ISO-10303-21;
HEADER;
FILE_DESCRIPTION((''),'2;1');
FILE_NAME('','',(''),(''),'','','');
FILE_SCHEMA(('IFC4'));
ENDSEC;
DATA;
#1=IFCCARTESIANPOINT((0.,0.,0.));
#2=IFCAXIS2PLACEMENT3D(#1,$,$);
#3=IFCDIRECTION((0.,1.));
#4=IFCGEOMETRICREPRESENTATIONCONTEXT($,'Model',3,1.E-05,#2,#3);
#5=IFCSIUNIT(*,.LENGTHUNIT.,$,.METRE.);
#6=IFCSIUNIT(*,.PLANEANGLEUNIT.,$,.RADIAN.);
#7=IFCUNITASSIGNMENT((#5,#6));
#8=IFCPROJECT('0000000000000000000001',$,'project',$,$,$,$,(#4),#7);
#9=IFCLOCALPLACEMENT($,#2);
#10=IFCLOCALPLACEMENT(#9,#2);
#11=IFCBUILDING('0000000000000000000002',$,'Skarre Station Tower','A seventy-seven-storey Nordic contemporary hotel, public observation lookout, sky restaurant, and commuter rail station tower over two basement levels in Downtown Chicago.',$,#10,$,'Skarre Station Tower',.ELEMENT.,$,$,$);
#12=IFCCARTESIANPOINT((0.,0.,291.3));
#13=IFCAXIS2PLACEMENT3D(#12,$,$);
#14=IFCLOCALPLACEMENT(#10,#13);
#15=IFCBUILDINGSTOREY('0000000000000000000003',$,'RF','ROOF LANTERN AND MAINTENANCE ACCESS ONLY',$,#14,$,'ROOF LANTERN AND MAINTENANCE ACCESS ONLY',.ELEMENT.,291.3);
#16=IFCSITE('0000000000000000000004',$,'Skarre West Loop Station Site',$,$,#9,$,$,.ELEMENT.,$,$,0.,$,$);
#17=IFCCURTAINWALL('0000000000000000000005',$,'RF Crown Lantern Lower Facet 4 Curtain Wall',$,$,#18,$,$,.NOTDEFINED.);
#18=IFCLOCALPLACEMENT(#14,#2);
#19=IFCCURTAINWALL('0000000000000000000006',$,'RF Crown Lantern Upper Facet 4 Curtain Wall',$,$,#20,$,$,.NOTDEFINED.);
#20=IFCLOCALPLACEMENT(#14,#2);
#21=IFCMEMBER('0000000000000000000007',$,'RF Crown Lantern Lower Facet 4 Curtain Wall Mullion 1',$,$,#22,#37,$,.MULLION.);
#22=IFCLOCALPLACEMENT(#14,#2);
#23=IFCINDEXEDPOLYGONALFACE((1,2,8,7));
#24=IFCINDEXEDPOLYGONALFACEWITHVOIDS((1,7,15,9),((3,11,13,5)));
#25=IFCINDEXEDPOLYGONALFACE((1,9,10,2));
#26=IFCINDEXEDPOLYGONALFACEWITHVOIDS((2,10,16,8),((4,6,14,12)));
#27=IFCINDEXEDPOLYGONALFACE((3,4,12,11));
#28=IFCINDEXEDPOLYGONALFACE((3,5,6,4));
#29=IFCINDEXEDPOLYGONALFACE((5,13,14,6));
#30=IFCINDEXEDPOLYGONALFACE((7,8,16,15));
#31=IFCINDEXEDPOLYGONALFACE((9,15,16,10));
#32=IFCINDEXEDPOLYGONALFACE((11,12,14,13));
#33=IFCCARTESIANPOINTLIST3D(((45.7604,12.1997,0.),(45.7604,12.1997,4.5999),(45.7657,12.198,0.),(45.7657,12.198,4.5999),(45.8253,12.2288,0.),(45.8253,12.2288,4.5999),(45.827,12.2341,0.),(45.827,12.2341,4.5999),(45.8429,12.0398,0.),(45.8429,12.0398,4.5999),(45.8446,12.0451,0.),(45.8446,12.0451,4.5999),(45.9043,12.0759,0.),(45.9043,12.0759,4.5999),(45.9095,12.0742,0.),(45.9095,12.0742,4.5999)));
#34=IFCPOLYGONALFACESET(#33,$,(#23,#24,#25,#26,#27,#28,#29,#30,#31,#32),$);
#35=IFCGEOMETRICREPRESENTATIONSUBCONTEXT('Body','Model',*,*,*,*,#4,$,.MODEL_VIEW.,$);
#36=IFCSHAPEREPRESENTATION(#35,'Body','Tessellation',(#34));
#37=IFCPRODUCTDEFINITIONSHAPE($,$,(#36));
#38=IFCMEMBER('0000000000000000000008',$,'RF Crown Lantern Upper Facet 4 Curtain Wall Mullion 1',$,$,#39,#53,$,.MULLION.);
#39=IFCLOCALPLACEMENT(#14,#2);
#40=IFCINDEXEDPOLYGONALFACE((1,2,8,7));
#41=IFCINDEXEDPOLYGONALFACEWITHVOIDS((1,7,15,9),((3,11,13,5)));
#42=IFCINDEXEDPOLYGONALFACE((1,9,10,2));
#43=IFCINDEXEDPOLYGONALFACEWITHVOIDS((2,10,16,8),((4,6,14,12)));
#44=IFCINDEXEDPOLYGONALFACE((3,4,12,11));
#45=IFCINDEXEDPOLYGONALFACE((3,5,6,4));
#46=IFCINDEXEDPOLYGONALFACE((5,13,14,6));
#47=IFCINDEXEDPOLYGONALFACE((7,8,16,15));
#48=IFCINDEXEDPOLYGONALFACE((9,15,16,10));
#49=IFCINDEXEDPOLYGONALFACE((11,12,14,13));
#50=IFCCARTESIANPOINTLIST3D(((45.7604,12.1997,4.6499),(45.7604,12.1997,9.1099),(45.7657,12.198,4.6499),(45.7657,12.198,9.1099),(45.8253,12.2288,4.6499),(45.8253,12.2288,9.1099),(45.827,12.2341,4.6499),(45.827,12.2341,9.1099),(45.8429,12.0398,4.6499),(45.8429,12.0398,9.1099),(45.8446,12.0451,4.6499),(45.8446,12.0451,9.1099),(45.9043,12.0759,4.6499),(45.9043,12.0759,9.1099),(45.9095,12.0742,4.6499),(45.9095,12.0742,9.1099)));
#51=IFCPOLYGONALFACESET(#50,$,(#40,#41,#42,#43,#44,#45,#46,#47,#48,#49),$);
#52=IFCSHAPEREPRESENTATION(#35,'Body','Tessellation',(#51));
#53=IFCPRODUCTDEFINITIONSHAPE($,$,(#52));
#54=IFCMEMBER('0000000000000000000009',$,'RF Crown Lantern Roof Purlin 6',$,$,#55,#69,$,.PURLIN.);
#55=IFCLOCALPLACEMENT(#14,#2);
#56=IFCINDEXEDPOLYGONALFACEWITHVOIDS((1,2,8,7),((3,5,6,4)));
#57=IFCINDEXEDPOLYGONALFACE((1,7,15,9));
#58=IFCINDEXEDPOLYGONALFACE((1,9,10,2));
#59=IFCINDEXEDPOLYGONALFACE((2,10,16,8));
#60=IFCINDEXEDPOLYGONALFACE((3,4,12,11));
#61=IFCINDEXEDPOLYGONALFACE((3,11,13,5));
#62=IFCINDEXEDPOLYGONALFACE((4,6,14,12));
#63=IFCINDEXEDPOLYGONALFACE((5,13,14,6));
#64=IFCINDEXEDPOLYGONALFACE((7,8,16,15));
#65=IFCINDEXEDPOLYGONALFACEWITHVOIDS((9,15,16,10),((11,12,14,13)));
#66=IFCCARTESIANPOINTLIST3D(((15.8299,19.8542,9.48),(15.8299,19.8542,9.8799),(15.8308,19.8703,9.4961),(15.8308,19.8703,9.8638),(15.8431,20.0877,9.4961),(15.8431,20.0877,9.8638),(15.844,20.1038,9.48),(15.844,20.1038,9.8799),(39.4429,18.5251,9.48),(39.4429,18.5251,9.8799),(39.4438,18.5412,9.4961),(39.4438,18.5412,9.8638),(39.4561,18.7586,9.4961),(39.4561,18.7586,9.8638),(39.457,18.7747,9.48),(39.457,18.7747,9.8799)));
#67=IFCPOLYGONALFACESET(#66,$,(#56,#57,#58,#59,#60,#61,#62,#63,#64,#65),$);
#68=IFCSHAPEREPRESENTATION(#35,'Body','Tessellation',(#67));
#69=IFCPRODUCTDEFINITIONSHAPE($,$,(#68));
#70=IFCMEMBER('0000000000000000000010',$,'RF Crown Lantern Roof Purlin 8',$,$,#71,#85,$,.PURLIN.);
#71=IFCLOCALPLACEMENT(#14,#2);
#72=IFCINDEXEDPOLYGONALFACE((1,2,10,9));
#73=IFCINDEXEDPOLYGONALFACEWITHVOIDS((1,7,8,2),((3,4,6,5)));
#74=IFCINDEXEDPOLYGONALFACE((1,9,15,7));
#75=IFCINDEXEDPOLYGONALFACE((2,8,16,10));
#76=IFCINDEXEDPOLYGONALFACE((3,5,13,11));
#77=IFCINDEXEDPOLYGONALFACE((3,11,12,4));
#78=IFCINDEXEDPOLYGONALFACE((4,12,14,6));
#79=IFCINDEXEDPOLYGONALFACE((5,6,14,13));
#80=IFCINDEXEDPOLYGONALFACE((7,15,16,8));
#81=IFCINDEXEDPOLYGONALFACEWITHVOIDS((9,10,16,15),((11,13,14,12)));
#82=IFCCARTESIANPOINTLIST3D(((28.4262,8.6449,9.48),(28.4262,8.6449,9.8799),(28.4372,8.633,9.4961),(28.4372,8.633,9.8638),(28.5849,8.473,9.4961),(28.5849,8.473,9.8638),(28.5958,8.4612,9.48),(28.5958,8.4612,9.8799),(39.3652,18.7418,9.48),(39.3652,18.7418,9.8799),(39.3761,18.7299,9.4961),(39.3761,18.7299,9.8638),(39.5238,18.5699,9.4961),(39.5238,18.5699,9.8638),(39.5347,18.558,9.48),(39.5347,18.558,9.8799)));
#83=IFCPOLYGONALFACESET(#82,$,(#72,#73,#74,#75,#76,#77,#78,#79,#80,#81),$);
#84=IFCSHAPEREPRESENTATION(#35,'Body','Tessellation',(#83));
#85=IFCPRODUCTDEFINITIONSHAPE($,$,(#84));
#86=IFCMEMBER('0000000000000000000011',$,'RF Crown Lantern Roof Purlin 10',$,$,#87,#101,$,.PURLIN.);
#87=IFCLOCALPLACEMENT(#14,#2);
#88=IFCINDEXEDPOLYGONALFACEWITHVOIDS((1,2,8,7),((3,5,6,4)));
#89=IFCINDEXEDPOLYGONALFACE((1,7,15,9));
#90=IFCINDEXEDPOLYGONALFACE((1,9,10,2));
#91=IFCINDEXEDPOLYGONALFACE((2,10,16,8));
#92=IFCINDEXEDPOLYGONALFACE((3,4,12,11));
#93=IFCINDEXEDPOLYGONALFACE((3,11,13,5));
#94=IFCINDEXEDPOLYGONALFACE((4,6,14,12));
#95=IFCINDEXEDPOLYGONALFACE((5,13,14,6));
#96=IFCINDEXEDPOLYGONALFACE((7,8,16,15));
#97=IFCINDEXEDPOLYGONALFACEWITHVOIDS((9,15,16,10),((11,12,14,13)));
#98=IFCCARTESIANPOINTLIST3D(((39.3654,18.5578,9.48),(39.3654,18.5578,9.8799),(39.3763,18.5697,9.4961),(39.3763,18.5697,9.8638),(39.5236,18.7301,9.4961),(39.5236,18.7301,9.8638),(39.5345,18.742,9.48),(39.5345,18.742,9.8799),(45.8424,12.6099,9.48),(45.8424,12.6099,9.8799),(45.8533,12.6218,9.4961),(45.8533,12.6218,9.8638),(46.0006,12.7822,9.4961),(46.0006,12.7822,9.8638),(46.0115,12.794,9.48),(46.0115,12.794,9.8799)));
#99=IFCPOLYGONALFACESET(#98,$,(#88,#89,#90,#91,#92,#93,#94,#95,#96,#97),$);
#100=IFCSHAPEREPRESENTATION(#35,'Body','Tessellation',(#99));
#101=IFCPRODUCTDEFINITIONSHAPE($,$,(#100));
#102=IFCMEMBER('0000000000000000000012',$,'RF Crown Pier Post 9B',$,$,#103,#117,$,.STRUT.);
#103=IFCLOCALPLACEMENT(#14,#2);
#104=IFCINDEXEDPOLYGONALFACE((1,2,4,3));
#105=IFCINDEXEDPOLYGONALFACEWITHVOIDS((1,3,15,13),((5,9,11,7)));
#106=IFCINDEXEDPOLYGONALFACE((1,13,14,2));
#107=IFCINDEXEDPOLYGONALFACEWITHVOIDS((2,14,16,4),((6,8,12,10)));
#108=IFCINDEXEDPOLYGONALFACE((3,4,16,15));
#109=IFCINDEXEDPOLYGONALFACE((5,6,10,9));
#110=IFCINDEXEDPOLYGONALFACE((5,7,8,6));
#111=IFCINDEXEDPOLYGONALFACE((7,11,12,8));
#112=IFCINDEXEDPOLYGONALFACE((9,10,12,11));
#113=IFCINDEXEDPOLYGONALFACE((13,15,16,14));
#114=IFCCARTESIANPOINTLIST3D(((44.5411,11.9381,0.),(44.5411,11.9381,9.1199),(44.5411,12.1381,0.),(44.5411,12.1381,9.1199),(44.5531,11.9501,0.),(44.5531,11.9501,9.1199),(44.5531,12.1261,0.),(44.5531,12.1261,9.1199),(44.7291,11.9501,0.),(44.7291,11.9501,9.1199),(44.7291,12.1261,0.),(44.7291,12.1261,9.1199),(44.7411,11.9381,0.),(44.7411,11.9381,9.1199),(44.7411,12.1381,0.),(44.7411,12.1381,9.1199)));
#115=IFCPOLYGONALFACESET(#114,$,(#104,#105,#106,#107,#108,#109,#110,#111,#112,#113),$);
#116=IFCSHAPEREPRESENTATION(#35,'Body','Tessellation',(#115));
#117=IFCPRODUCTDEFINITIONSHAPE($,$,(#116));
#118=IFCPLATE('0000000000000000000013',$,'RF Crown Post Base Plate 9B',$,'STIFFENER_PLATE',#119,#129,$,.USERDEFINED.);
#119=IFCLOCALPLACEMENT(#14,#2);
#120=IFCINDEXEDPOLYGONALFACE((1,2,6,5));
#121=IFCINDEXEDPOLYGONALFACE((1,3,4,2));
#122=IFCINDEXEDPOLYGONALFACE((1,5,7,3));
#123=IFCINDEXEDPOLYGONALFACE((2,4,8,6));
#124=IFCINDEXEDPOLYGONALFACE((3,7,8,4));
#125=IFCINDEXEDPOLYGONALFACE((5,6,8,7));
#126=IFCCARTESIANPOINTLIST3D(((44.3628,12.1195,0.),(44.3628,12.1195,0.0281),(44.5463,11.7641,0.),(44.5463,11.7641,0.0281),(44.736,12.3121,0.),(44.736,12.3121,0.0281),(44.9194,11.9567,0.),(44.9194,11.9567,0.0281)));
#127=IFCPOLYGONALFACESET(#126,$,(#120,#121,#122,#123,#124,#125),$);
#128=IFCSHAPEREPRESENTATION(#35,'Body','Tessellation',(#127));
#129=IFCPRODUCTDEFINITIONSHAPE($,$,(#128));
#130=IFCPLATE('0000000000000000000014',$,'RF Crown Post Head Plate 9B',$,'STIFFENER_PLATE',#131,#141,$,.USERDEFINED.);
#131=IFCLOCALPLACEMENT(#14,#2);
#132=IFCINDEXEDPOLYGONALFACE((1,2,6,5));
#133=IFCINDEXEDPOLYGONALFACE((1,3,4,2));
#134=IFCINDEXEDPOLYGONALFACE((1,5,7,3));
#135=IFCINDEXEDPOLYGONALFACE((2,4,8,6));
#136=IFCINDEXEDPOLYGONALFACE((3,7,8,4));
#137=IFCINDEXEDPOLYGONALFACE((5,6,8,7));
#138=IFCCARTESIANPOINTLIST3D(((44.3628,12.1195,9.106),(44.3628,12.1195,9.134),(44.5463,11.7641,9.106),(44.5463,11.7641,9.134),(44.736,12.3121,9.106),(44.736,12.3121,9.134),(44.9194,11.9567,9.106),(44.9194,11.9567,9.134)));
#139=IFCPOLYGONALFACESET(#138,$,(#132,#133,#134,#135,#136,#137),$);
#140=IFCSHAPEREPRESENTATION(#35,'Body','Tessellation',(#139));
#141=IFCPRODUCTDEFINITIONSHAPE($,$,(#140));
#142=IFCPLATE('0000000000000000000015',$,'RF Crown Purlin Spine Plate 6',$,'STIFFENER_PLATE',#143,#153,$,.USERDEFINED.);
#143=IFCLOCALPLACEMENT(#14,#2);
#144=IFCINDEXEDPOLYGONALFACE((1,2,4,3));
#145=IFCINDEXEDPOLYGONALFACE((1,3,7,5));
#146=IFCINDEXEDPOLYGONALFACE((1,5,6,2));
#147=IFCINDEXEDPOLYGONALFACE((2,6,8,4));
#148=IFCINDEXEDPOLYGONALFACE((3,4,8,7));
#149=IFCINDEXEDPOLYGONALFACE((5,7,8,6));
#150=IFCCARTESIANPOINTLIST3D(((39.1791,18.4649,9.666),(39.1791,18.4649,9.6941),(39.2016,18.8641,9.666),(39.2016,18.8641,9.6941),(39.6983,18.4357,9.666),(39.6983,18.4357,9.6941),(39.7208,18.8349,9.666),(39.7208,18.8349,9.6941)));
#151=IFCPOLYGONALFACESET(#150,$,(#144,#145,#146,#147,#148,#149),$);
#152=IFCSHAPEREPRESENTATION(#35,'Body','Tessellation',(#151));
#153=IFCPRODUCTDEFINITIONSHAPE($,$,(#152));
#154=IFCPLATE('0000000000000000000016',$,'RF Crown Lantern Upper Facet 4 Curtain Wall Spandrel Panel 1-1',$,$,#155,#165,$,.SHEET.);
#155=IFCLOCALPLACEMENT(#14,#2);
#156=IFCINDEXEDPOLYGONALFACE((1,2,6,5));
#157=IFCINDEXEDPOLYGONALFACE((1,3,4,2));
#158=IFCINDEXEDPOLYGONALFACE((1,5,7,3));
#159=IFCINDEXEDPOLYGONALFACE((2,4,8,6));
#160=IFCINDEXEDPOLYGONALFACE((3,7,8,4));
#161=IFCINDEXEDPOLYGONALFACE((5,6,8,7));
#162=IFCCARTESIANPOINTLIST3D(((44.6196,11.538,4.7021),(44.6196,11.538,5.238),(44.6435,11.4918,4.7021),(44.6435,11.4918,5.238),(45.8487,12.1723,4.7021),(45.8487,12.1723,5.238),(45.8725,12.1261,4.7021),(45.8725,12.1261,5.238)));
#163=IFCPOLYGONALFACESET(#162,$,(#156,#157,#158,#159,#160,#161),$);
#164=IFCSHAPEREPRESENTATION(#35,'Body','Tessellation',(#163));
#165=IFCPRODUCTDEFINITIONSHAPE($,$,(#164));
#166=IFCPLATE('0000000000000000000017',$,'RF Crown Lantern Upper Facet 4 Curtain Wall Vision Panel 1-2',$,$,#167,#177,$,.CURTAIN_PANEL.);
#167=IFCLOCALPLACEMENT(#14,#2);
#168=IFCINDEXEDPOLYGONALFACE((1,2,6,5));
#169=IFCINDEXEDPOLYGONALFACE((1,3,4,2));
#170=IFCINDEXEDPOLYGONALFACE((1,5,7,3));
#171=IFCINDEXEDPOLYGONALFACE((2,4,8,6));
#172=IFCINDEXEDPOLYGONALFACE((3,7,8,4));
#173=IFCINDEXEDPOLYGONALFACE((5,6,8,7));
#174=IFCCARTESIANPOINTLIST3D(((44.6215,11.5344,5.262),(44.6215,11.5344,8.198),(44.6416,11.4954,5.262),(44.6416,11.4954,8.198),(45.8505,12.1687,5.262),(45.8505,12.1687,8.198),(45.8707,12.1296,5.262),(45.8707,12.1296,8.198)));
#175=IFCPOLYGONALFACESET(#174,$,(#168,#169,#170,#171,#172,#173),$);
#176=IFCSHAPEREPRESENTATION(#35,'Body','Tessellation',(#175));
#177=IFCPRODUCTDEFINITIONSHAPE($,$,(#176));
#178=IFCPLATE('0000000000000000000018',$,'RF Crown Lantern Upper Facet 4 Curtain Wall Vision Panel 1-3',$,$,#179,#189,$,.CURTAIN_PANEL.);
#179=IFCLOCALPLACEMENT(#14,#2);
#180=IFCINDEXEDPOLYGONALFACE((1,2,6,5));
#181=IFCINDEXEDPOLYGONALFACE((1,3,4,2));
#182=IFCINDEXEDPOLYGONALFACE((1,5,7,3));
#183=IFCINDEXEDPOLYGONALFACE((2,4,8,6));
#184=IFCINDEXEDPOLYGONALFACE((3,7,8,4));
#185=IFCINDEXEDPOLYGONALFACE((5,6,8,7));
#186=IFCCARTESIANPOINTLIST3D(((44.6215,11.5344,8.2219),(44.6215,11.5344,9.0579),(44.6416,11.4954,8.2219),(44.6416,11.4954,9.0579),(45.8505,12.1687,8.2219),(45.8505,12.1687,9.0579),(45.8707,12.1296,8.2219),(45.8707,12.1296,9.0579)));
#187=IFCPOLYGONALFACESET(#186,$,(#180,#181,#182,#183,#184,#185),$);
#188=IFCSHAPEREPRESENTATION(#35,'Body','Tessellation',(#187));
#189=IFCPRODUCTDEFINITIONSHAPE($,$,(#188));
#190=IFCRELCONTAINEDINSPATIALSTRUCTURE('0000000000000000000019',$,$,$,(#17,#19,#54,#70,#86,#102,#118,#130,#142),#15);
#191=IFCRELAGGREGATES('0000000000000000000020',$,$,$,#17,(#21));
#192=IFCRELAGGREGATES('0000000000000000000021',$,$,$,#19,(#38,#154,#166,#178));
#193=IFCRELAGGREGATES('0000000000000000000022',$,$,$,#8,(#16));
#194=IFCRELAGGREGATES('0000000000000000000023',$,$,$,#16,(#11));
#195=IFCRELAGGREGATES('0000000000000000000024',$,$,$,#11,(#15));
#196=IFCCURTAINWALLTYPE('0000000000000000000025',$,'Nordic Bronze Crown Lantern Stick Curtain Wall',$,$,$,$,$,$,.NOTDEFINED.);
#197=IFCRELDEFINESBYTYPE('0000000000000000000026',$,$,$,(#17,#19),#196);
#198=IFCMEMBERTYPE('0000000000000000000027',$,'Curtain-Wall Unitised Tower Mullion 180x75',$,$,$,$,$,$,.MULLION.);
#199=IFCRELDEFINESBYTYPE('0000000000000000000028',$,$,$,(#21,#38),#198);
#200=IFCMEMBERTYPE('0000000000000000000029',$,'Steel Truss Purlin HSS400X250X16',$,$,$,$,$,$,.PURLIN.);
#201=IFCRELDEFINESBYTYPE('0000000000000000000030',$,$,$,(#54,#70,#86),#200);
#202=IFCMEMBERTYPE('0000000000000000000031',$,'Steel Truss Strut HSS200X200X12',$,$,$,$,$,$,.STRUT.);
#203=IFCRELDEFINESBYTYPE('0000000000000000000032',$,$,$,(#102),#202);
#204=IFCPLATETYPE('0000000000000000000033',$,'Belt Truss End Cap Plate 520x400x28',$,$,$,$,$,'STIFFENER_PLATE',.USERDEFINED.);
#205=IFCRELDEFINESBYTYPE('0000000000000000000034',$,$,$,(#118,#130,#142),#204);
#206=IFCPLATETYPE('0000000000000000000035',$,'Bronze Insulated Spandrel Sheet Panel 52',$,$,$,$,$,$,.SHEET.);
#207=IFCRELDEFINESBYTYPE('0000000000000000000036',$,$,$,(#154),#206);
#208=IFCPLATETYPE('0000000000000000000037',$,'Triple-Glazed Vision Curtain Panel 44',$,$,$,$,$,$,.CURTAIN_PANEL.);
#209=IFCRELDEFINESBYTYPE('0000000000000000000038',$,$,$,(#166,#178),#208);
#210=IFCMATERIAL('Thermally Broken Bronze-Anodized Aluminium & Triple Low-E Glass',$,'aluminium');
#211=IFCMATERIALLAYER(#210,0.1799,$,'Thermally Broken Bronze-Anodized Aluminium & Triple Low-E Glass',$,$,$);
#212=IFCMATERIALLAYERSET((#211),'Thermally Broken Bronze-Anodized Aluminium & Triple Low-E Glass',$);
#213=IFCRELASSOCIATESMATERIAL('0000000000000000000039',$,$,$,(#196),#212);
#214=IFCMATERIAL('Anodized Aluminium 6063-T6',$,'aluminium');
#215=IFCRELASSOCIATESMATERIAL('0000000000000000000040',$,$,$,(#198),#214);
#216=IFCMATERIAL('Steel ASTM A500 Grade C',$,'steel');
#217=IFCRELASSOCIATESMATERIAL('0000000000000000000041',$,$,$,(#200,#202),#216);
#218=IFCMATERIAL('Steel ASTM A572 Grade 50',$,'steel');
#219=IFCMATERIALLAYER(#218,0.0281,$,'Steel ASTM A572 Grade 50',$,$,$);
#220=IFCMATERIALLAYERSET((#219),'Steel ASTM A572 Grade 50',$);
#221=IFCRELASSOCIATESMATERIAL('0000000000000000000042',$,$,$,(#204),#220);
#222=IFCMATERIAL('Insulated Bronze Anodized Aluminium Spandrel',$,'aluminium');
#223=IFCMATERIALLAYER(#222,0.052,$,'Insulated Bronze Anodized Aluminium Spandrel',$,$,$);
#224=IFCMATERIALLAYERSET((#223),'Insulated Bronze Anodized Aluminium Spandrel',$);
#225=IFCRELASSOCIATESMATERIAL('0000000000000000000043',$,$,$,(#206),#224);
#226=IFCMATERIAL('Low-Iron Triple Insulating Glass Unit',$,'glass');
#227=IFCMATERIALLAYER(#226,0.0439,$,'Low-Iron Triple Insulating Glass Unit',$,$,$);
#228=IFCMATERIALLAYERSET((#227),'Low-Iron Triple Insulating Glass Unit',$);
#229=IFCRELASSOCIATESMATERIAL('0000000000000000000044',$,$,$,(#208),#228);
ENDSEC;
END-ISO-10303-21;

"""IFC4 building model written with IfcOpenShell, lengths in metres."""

from ifc_helpers import new_model, si_unit, direction, frame, origin, origin_2d, place, context, subcontext, project, spatial, rectangle, hollow_rectangle, extrude, material, layer, layer_set, material_profile, profile_set, type_object, element, aggregate, save


model = new_model("IFC4")

# Units and contexts
model_context = context("Model", 3, precision=1e-05, world=origin(), true_north=direction((0.0, 1.0)))
body_context = subcontext(model_context, "Body", "Model", "MODEL_VIEW")
ifc_project = project(units=[si_unit("LENGTHUNIT", "METRE"), si_unit("PLANEANGLEUNIT", "RADIAN")], contexts=[model_context])

# Site, building, storey
site_placement = place(None, origin())
site = spatial("IfcSite", under=ifc_project, at=site_placement, Name="Skarre West Loop Station Site", CompositionType="ELEMENT", RefElevation=0.0)
building_placement = place(site_placement, origin())
building = spatial("IfcBuilding", under=site, at=building_placement, Name="Skarre Station Tower", Description="A seventy-seven-storey Nordic contemporary hotel, public observation lookout, sky restaurant, and commuter rail station tower over two basement levels in Downtown Chicago.", LongName="Skarre Station Tower", CompositionType="ELEMENT")
storey_placement = place(building_placement, frame((0.0, 0.0, 291.3)))
storey = spatial("IfcBuildingStorey", under=building, at=storey_placement, Name="RF", Description="ROOF LANTERN AND MAINTENANCE ACCESS ONLY", LongName="ROOF LANTERN AND MAINTENANCE ACCESS ONLY", CompositionType="ELEMENT", Elevation=291.3)

# Curtain walls
ifc_material_1 = material(Name="Thermally Broken Bronze-Anodized Aluminium & Triple Low-E Glass", Category="aluminium")
ifc_layer_1 = layer(ifc_material_1, 0.1799, Name="Thermally Broken Bronze-Anodized Aluminium & Triple Low-E Glass")
ifc_layer_set_1 = layer_set([ifc_layer_1], Name="Thermally Broken Bronze-Anodized Aluminium & Triple Low-E Glass")
curtain_wall_type = type_object("IfcCurtainWallType", Name="Nordic Bronze Crown Lantern Stick Curtain Wall", PredefinedType="NOTDEFINED", material=ifc_layer_set_1)
curtain_wall_1_placement = place(storey_placement, origin())
curtain_wall_1 = element("IfcCurtainWall", 1, at=curtain_wall_1_placement, inside=storey, type_object=curtain_wall_type, Name="RF Crown Lantern Lower Facet 4 Curtain Wall", PredefinedType="NOTDEFINED")
ifc_material_2 = material(Name="Anodized Aluminium 6063-T6", Category="aluminium")
curtain_wall_2_placement = place(storey_placement, origin())
curtain_wall_2 = element("IfcCurtainWall", 2, at=curtain_wall_2_placement, inside=storey, type_object=curtain_wall_type, Name="RF Crown Lantern Upper Facet 4 Curtain Wall", PredefinedType="NOTDEFINED")

# Members
ifc_material_profile_1 = material_profile(ifc_material_2, hollow_rectangle(XDim=0.075, YDim=0.1799, WallThickness=0.0039, at=origin_2d()), Name="Anodized Aluminium 6063-T6")
ifc_profile_set_1 = profile_set([ifc_material_profile_1], Name="Anodized Aluminium 6063-T6")
member_type_1 = type_object("IfcMemberType", Name="Curtain-Wall Unitised Tower Mullion 180x75", PredefinedType="MULLION", material=ifc_profile_set_1)
member_1_placement = place(storey_placement, frame((45.835, 12.137, 0.0), z_axis=(0.0, 0.0, 1.0), x_axis=(-0.888649, -0.458588, 0.0)))
member_1 = element("IfcMember", 3, at=member_1_placement, type_object=member_type_1, Name="RF Crown Lantern Lower Facet 4 Curtain Wall Mullion 1", PredefinedType="MULLION", context=body_context, shape_type="SweptSolid", body=[
    extrude(hollow_rectangle(XDim=0.075, YDim=0.1799, WallThickness=0.0039, at=origin_2d()), origin(), (0.0, 0.0, 1.0), 4.5999),
])
aggregate(curtain_wall_1, [member_1])
member_2_placement = place(storey_placement, frame((45.835, 12.137, 4.6499), z_axis=(0.0, 0.0, 1.0), x_axis=(-0.888649, -0.458588, 0.0)))
member_2 = element("IfcMember", 4, at=member_2_placement, type_object=member_type_1, Name="RF Crown Lantern Upper Facet 4 Curtain Wall Mullion 1", PredefinedType="MULLION", context=body_context, shape_type="SweptSolid", body=[
    extrude(hollow_rectangle(XDim=0.075, YDim=0.1799, WallThickness=0.0039, at=origin_2d()), origin(), (0.0, 0.0, 1.0), 4.46),
])

# Members
ifc_material_3 = material(Name="Steel ASTM A500 Grade C", Category="steel")
ifc_material_profile_2 = material_profile(ifc_material_3, hollow_rectangle(XDim=0.25, YDim=0.3999, WallThickness=0.0161, at=origin_2d()), Name="Steel ASTM A500 Grade C")
ifc_profile_set_2 = profile_set([ifc_material_profile_2], Name="Steel ASTM A500 Grade C")
member_type_2 = type_object("IfcMemberType", Name="Steel Truss Purlin HSS400X250X16", PredefinedType="PURLIN", material=ifc_profile_set_2)
member_3_placement = place(storey_placement, frame((39.45, 18.6499, 9.6799), z_axis=(-0.99842, 0.056198, 0.0), x_axis=(-0.056198, -0.99842, 0.0)))
element("IfcMember", 5, at=member_3_placement, inside=storey, type_object=member_type_2, Name="RF Crown Lantern Roof Purlin 6", PredefinedType="PURLIN", context=body_context, shape_type="SweptSolid", body=[
    extrude(hollow_rectangle(XDim=0.25, YDim=0.3999, WallThickness=0.0161, at=origin_2d()), origin(), (0.0, 0.0, 1.0), 23.6504),
])
member_4_placement = place(storey_placement, frame((39.45, 18.6499, 9.6799), z_axis=(-0.734823, -0.678259, 0.0), x_axis=(0.678259, -0.734823, 0.0)))
element("IfcMember", 6, at=member_4_placement, inside=storey, type_object=member_type_2, Name="RF Crown Lantern Roof Purlin 8", PredefinedType="PURLIN", context=body_context, shape_type="SweptSolid", body=[
    extrude(hollow_rectangle(XDim=0.25, YDim=0.3999, WallThickness=0.0161, at=origin_2d()), origin(), (0.0, 0.0, 1.0), 14.8865),
])
member_5_placement = place(storey_placement, frame((39.45, 18.6499, 9.6799), z_axis=(0.736548, -0.676386, 0.0), x_axis=(0.676386, 0.736548, 0.0)))
element("IfcMember", 7, at=member_5_placement, inside=storey, type_object=member_type_2, Name="RF Crown Lantern Roof Purlin 10", PredefinedType="PURLIN", context=body_context, shape_type="SweptSolid", body=[
    extrude(hollow_rectangle(XDim=0.25, YDim=0.3999, WallThickness=0.0161, at=origin_2d()), origin(), (0.0, 0.0, 1.0), 8.7937),
])
ifc_material_profile_3 = material_profile(ifc_material_3, hollow_rectangle(XDim=0.2, YDim=0.2, WallThickness=0.012, at=origin_2d()), Name="Steel ASTM A500 Grade C")
ifc_profile_set_3 = profile_set([ifc_material_profile_3], Name="Steel ASTM A500 Grade C")
member_type_3 = type_object("IfcMemberType", Name="Steel Truss Strut HSS200X200X12", PredefinedType="STRUT", material=ifc_profile_set_3)
member_6_placement = place(storey_placement, frame((44.6411, 12.0381, 0.0), z_axis=(0.0, 0.0, 1.0), x_axis=(1.0, 0.0, 0.0)))
element("IfcMember", 8, at=member_6_placement, inside=storey, type_object=member_type_3, Name="RF Crown Pier Post 9B", PredefinedType="STRUT", context=body_context, shape_type="SweptSolid", body=[
    extrude(hollow_rectangle(XDim=0.2, YDim=0.2, WallThickness=0.012, at=origin_2d()), origin(), (0.0, 0.0, 1.0), 9.1199),
])

# Plates
ifc_material_4 = material(Name="Steel ASTM A572 Grade 50", Category="steel")
ifc_layer_2 = layer(ifc_material_4, 0.0281, Name="Steel ASTM A572 Grade 50")
ifc_layer_set_2 = layer_set([ifc_layer_2], Name="Steel ASTM A572 Grade 50")
plate_type_1 = type_object("IfcPlateType", Name="Belt Truss End Cap Plate 520x400x28", ElementType="STIFFENER_PLATE", PredefinedType="USERDEFINED", material=ifc_layer_set_2)
for number, where, z_axis, x_axis, name in (
    (9, (44.6411, 12.0381, 0.0), (0.0, 0.0, 1.0), (0.888601, 0.458681, 0.0), "RF Crown Post Base Plate 9B"),
    (10, (44.6411, 12.0381, 9.106), (0.0, 0.0, 1.0), (0.888601, 0.458681, 0.0), "RF Crown Post Head Plate 9B"),
):
    element("IfcPlate", number, at=place(storey_placement, frame(where, z_axis=z_axis, x_axis=x_axis)), inside=storey, type_object=plate_type_1, Name=name, ObjectType="STIFFENER_PLATE", PredefinedType="USERDEFINED", context=body_context, shape_type="SweptSolid", body=[
        extrude(rectangle(XDim=0.4199, YDim=0.3999, at=origin_2d()), origin(), (0.0, 0.0, 1.0), 0.0281),
    ])
plate_1_placement = place(storey_placement, frame((39.45, 18.6499, 9.666), z_axis=(0.0, 0.0, 1.0), x_axis=(-0.99842, 0.056187, 0.0)))
element("IfcPlate", 11, at=plate_1_placement, inside=storey, type_object=plate_type_1, Name="RF Crown Purlin Spine Plate 6", ObjectType="STIFFENER_PLATE", PredefinedType="USERDEFINED", context=body_context, shape_type="SweptSolid", body=[
    extrude(rectangle(XDim=0.52, YDim=0.3999, at=origin_2d()), origin(), (0.0, 0.0, 1.0), 0.0281),
])

# Plates
ifc_material_5 = material(Name="Insulated Bronze Anodized Aluminium Spandrel", Category="aluminium")
ifc_layer_3 = layer(ifc_material_5, 0.052, Name="Insulated Bronze Anodized Aluminium Spandrel")
ifc_layer_set_3 = layer_set([ifc_layer_3], Name="Insulated Bronze Anodized Aluminium Spandrel")
plate_type_2 = type_object("IfcPlateType", Name="Bronze Insulated Spandrel Sheet Panel 52", PredefinedType="SHEET", material=ifc_layer_set_3)
plate_2_placement = place(storey_placement, frame((45.2461, 11.832, 4.7021), z_axis=(0.0, 0.0, 1.0), x_axis=(-0.888649, -0.458588, 0.0)))
plate_2 = element("IfcPlate", 12, at=plate_2_placement, type_object=plate_type_2, Name="RF Crown Lantern Upper Facet 4 Curtain Wall Spandrel Panel 1-1", PredefinedType="SHEET", context=body_context, shape_type="SweptSolid", body=[
    extrude(rectangle(XDim=1.3831, YDim=0.052, at=origin_2d()), origin(), (0.0, 0.0, 1.0), 0.5359),
])
ifc_material_6 = material(Name="Low-Iron Triple Insulating Glass Unit", Category="glass")
ifc_layer_4 = layer(ifc_material_6, 0.0439, Name="Low-Iron Triple Insulating Glass Unit")
ifc_layer_set_4 = layer_set([ifc_layer_4], Name="Low-Iron Triple Insulating Glass Unit")
plate_type_3 = type_object("IfcPlateType", Name="Triple-Glazed Vision Curtain Panel 44", PredefinedType="CURTAIN_PANEL", material=ifc_layer_set_4)
plate_3_placement = place(storey_placement, frame((45.2461, 11.832, 5.262), z_axis=(0.0, 0.0, 1.0), x_axis=(-0.888649, -0.458588, 0.0)))
plate_3 = element("IfcPlate", 13, at=plate_3_placement, type_object=plate_type_3, Name="RF Crown Lantern Upper Facet 4 Curtain Wall Vision Panel 1-2", PredefinedType="CURTAIN_PANEL", context=body_context, shape_type="SweptSolid", body=[
    extrude(rectangle(XDim=1.3831, YDim=0.0439, at=origin_2d()), origin(), (0.0, 0.0, 1.0), 2.936),
])
plate_4_placement = place(storey_placement, frame((45.2461, 11.832, 8.2219), z_axis=(0.0, 0.0, 1.0), x_axis=(-0.888649, -0.458588, 0.0)))
plate_4 = element("IfcPlate", 14, at=plate_4_placement, type_object=plate_type_3, Name="RF Crown Lantern Upper Facet 4 Curtain Wall Vision Panel 1-3", PredefinedType="CURTAIN_PANEL", context=body_context, shape_type="SweptSolid", body=[
    extrude(rectangle(XDim=1.3831, YDim=0.0439, at=origin_2d()), origin(), (0.0, 0.0, 1.0), 0.8359),
])
aggregate(curtain_wall_2, [member_2, plate_2, plate_3, plate_4])

save(model, "model.ifc")
